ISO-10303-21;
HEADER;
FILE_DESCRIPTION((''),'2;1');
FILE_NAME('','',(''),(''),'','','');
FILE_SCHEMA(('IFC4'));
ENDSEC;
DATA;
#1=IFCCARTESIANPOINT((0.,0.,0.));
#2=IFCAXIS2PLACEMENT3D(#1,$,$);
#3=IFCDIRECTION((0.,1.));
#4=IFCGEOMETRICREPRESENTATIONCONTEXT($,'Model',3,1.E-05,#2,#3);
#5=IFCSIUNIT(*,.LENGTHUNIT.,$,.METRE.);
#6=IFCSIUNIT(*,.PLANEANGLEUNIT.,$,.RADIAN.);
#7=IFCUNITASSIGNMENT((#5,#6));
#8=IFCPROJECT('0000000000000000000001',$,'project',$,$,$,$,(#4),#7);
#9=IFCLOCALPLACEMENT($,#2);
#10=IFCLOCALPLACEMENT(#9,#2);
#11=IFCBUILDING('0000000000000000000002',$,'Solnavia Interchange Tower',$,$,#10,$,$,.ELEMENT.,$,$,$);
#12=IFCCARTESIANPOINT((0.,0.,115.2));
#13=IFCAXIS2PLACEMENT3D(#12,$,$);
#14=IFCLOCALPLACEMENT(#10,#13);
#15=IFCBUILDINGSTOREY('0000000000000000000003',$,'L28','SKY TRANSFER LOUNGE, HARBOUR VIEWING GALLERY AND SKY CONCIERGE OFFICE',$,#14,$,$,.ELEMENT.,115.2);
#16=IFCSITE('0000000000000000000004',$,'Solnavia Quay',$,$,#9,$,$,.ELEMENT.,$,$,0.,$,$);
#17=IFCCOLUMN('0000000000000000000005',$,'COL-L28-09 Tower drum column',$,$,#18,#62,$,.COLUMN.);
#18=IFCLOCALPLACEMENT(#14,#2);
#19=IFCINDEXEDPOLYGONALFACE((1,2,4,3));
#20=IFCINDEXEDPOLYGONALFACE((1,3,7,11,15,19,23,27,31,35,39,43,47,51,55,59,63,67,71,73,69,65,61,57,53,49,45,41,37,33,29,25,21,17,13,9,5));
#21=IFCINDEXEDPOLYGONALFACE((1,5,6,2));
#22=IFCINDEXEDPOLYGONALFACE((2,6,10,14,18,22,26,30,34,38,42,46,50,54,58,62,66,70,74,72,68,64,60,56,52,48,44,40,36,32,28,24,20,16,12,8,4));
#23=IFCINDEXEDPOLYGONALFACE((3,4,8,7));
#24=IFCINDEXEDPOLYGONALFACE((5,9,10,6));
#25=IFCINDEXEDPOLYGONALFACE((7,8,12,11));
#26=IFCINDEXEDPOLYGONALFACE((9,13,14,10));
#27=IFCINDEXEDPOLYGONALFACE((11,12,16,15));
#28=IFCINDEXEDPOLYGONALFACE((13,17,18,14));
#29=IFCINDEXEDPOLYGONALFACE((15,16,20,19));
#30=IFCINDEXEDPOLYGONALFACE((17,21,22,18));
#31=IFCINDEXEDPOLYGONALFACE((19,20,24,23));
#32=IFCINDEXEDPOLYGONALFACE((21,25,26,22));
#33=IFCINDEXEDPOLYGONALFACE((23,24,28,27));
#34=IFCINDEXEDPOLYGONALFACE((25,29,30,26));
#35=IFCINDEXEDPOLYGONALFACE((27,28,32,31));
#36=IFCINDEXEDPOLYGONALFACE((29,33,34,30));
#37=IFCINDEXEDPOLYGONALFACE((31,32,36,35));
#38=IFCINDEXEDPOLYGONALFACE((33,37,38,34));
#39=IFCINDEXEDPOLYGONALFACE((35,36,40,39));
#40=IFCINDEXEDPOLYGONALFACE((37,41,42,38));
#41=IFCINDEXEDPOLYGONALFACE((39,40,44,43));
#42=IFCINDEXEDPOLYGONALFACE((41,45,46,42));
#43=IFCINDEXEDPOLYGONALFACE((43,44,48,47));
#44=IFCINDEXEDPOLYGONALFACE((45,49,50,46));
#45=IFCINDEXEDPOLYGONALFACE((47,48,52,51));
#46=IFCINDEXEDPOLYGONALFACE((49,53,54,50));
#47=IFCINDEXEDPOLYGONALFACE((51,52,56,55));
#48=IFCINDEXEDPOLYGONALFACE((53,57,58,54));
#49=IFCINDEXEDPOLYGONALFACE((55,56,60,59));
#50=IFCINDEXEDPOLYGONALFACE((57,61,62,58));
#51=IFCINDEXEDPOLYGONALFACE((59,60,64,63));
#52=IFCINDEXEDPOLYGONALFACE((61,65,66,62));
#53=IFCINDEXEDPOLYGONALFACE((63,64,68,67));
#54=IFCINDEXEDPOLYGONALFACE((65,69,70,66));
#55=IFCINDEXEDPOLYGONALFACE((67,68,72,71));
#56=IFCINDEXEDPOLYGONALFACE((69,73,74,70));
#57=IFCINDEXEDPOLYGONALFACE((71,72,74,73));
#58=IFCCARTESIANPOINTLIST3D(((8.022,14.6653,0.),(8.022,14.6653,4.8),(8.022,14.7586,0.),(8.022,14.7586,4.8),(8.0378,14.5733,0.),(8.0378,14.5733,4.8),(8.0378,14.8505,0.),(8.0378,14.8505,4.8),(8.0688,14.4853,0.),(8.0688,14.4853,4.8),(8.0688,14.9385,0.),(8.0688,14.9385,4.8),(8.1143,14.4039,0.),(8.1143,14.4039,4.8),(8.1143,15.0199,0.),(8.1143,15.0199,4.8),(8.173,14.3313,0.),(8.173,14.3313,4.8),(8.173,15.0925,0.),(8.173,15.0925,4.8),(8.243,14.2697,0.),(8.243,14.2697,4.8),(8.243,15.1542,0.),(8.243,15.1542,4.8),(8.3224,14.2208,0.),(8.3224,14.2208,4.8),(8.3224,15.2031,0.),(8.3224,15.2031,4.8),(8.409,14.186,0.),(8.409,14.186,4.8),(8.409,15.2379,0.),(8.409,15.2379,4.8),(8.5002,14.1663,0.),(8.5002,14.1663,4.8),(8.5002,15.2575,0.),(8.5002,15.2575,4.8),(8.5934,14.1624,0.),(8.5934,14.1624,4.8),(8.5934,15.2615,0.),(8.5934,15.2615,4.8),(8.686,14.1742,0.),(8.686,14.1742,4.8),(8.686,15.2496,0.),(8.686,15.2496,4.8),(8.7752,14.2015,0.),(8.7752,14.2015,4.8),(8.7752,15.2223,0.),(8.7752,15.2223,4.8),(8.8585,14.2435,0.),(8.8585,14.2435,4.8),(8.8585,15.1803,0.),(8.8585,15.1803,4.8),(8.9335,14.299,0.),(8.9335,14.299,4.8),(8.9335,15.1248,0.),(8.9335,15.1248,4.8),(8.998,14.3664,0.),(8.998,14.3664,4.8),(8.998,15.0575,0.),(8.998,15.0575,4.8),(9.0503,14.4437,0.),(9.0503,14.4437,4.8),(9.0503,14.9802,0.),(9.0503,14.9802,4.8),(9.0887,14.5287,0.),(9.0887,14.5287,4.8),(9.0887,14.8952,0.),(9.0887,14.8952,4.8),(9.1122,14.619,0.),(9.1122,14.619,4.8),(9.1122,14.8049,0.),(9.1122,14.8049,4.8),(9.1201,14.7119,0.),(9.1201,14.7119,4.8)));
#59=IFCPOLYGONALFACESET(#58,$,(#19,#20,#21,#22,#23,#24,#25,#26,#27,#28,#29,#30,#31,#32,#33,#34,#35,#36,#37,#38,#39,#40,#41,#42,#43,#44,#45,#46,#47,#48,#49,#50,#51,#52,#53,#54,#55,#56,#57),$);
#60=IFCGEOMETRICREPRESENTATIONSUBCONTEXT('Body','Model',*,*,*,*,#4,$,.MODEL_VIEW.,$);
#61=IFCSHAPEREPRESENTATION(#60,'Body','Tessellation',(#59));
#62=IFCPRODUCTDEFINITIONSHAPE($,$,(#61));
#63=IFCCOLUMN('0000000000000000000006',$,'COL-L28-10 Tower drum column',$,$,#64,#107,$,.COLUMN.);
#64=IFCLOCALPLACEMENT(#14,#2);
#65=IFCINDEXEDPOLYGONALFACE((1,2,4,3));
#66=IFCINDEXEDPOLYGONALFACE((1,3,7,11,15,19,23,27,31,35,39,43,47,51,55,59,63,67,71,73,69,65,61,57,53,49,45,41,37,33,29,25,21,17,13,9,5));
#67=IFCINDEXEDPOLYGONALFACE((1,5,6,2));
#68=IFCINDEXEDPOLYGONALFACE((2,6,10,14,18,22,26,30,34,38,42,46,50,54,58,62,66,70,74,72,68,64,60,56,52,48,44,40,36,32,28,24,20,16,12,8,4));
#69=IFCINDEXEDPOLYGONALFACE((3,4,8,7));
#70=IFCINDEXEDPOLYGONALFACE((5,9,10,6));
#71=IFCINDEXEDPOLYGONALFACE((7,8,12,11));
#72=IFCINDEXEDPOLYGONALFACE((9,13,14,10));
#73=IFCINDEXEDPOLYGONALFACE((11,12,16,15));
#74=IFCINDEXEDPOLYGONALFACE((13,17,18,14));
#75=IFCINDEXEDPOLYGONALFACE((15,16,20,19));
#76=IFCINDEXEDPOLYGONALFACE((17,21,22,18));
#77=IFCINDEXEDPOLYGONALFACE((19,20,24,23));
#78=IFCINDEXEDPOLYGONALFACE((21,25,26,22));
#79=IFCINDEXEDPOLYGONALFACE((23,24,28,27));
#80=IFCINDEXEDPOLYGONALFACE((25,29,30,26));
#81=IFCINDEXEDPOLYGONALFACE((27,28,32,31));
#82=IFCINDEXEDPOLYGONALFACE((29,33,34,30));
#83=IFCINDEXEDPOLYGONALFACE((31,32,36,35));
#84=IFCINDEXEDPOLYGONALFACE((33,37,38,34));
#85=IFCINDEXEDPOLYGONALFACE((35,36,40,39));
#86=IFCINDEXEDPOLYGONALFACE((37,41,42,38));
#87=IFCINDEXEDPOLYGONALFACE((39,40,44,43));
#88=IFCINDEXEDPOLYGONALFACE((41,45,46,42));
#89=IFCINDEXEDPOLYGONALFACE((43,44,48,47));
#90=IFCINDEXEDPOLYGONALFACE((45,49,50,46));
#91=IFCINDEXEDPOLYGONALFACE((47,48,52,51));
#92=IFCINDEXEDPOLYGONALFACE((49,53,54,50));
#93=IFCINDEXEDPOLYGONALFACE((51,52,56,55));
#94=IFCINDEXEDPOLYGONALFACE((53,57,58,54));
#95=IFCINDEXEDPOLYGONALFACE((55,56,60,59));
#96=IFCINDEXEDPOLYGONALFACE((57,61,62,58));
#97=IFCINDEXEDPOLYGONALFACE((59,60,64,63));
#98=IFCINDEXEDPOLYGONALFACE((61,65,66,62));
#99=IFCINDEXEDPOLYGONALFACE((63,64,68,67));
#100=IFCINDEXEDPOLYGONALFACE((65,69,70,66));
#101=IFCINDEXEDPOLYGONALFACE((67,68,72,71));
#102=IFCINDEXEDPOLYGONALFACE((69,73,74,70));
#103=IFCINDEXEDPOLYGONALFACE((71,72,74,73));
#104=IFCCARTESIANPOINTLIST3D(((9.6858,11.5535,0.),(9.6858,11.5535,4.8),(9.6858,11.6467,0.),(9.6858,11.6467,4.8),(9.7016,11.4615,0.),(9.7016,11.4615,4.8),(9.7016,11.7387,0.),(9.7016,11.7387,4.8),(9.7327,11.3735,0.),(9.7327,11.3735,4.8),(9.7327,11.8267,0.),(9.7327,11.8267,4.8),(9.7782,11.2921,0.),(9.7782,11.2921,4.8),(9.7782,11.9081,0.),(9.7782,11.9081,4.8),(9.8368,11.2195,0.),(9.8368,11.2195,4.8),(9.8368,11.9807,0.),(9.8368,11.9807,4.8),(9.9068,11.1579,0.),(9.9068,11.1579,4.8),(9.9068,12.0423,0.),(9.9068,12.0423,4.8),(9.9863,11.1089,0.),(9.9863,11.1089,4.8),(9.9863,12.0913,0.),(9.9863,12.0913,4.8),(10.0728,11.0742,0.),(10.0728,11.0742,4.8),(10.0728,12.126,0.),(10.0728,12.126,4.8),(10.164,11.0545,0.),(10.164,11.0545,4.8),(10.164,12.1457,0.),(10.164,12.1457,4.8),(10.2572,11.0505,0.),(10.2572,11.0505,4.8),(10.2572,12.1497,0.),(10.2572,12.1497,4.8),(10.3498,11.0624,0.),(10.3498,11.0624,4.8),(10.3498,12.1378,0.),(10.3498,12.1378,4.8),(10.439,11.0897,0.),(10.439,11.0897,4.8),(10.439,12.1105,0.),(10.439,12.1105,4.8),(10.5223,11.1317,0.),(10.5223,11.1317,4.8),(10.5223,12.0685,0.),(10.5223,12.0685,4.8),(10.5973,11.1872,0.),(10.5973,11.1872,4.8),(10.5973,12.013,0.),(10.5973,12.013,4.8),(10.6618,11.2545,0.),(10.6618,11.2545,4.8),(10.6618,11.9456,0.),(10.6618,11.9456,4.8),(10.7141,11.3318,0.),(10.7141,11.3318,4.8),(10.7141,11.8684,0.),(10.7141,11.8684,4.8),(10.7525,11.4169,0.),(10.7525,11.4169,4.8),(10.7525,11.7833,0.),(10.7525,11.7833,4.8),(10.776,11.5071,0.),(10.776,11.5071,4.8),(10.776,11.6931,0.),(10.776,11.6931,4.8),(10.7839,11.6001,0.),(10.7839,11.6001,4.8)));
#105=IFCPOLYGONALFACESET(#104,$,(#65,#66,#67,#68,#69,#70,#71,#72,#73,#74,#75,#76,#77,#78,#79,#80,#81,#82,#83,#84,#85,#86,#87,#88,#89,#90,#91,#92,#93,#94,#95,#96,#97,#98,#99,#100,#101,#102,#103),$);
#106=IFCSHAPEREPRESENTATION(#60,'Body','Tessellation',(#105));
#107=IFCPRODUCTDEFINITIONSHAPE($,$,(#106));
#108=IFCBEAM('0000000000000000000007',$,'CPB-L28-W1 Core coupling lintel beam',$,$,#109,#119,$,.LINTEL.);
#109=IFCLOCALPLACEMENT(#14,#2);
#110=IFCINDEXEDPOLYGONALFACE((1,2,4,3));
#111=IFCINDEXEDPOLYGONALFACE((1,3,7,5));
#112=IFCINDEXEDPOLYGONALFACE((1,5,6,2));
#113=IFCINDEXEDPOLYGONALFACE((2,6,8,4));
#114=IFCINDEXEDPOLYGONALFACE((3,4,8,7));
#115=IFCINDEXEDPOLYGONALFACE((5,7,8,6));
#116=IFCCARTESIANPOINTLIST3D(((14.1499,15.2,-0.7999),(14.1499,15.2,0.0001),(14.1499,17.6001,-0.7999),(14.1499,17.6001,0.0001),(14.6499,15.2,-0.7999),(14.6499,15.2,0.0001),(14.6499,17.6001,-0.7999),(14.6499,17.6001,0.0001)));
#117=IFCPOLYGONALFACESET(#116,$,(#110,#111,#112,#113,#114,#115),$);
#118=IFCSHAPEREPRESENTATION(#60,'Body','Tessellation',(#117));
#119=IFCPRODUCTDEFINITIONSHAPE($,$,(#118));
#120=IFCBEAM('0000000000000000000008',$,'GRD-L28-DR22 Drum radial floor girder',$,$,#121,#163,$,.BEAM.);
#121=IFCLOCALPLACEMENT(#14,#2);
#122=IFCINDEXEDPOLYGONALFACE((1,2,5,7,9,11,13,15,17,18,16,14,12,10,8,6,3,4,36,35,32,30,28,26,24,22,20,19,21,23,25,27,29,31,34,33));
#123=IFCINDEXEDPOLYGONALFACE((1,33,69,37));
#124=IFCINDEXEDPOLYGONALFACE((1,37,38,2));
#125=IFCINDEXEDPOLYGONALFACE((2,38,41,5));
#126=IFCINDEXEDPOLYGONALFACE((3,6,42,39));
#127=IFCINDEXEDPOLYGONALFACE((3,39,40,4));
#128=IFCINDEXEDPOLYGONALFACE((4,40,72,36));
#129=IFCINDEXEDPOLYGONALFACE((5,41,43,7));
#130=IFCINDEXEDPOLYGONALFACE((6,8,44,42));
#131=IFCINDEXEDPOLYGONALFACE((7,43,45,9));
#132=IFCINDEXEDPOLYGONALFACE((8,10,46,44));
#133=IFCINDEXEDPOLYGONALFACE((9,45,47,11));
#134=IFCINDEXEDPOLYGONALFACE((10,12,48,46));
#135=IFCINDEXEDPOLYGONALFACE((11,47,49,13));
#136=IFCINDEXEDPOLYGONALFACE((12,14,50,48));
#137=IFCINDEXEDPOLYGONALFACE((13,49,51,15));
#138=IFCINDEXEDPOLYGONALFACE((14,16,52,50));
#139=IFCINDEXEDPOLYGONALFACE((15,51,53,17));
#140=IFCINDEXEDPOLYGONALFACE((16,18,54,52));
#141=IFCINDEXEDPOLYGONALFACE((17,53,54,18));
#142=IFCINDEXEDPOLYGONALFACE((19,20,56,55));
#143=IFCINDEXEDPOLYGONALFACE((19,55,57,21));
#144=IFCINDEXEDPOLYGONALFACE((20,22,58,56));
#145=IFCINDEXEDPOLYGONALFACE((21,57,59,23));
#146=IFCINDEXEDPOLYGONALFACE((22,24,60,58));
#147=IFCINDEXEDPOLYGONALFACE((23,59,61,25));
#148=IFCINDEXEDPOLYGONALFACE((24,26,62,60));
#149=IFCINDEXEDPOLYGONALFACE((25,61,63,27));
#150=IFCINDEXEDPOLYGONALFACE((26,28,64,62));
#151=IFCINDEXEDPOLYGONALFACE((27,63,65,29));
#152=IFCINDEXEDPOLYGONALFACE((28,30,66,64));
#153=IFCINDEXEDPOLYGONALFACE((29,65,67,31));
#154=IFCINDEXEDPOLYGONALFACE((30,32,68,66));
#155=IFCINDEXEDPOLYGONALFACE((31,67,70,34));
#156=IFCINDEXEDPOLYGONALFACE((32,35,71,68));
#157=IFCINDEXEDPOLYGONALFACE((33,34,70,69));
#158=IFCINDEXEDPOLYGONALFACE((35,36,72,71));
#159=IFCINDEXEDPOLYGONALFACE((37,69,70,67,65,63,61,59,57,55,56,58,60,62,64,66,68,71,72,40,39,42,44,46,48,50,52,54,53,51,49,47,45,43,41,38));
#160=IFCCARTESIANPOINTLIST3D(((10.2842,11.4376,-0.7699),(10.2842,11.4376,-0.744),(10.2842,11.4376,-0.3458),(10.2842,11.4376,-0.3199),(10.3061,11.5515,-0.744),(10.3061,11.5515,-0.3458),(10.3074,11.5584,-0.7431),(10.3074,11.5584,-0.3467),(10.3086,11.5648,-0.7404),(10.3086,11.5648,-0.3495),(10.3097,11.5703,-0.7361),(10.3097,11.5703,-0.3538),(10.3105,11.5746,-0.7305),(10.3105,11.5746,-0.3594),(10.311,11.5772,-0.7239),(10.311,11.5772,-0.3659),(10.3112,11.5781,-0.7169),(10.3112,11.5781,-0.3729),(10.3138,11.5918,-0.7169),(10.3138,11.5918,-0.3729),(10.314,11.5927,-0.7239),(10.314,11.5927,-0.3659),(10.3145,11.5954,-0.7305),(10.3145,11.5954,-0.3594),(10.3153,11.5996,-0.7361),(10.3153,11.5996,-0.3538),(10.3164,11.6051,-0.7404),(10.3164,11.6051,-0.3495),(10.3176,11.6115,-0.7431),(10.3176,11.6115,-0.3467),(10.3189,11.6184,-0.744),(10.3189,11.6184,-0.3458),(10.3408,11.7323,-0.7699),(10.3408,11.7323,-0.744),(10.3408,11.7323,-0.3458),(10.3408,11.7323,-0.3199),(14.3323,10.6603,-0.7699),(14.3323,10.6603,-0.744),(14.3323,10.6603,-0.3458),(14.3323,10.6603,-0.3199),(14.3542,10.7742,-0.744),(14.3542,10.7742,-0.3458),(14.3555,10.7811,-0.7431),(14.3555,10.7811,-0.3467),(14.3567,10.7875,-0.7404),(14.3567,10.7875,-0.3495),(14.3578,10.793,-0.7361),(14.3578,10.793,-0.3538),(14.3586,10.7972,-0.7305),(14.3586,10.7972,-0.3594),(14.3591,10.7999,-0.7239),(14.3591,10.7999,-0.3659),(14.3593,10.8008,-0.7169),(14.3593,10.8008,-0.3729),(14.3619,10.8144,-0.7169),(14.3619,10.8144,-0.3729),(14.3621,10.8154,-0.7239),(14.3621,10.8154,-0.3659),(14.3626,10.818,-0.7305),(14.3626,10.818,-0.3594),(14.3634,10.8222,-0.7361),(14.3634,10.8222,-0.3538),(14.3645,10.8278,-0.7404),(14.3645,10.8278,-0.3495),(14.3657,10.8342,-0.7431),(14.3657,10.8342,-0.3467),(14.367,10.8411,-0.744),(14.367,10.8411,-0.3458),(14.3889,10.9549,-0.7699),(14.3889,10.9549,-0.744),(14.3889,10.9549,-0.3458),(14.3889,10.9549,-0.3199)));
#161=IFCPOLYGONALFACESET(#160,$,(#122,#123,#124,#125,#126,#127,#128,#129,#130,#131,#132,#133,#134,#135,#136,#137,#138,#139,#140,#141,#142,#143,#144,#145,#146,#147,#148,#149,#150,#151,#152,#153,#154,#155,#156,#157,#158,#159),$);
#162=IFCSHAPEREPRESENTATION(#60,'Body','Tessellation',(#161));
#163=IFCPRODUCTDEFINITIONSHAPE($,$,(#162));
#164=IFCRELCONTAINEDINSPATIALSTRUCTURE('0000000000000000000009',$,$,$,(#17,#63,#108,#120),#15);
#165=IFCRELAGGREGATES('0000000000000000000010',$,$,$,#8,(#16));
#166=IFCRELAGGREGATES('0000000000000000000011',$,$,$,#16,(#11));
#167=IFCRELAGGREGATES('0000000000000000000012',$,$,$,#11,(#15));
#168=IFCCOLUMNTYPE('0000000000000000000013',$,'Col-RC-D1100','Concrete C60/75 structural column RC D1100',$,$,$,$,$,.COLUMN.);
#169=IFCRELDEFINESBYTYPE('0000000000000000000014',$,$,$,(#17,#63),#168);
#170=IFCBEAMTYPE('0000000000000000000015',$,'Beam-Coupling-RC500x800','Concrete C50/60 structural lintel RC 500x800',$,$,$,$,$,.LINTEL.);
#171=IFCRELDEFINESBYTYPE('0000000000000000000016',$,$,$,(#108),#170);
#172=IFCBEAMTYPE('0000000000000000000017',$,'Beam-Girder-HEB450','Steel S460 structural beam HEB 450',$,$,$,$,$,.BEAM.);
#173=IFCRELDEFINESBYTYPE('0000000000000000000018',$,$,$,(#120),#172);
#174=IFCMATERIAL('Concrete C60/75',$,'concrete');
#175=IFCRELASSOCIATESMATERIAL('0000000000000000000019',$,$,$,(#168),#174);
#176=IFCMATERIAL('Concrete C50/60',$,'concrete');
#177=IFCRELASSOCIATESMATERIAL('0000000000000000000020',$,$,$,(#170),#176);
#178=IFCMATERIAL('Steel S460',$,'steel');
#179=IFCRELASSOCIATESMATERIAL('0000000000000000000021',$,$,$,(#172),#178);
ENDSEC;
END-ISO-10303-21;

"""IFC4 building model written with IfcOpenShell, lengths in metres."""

from ifc_helpers import new_model, si_unit, direction, frame, origin, origin_2d, place, context, subcontext, project, spatial, rectangle, circle, i_section, extrude, material, material_profile, profile_set, type_object, element, save


model = new_model("IFC4")

# Units and contexts
model_context = context("Model", 3, precision=1e-05, world=origin(), true_north=direction((0.0, 1.0)))
body_context = subcontext(model_context, "Body", "Model", "MODEL_VIEW")
ifc_project = project(units=[si_unit("LENGTHUNIT", "METRE"), si_unit("PLANEANGLEUNIT", "RADIAN")], contexts=[model_context])

# Site, building, storey
site_placement = place(None, origin())
site = spatial("IfcSite", under=ifc_project, at=site_placement, Name="Solnavia Quay", CompositionType="ELEMENT", RefElevation=0.0)
building_placement = place(site_placement, origin())
building = spatial("IfcBuilding", under=site, at=building_placement, Name="Solnavia Interchange Tower", CompositionType="ELEMENT")
storey_placement = place(building_placement, frame((0.0, 0.0, 115.2)))
storey = spatial("IfcBuildingStorey", under=building, at=storey_placement, Name="L28", Description="SKY TRANSFER LOUNGE, HARBOUR VIEWING GALLERY AND SKY CONCIERGE OFFICE", CompositionType="ELEMENT", Elevation=115.2)

# Columns
ifc_material_1 = material(Name="Concrete C60/75", Category="concrete")
ifc_material_profile_1 = material_profile(ifc_material_1, circle(Radius=0.55, at=origin_2d()), Name="RC D1100")
ifc_profile_set_1 = profile_set([ifc_material_profile_1], Name="Concrete C60/75")
column_type = type_object("IfcColumnType", Name="Col-RC-D1100", Description="Concrete C60/75 structural column RC D1100", PredefinedType="COLUMN", material=ifc_profile_set_1)
for number, where, z_axis, x_axis, name in (
    (1, (8.5701, 14.7119, 0.0), (0.0, 0.0, 1.0), (1.0, 0.0, 0.0), "COL-L28-09 Tower drum column"),
    (2, (10.2339, 11.6001, 0.0), (0.0, 0.0, 1.0), (1.0, 0.0, 0.0), "COL-L28-10 Tower drum column"),
):
    element("IfcColumn", number, at=place(storey_placement, frame(where, z_axis=z_axis, x_axis=x_axis)), inside=storey, type_object=column_type, Name=name, PredefinedType="COLUMN", context=body_context, shape_type="SweptSolid", body=[
        extrude(circle(Radius=0.55, at=origin_2d()), origin(), (0.0, 0.0, 1.0), 4.8),
    ])

# Beams
ifc_material_2 = material(Name="Concrete C50/60", Category="concrete")
ifc_material_profile_2 = material_profile(ifc_material_2, rectangle(XDim=0.5, YDim=0.8, at=origin_2d()), Name="RC 500x800")
ifc_profile_set_2 = profile_set([ifc_material_profile_2], Name="Concrete C50/60")
beam_type_1 = type_object("IfcBeamType", Name="Beam-Coupling-RC500x800", Description="Concrete C50/60 structural lintel RC 500x800", PredefinedType="LINTEL", material=ifc_profile_set_2)
beam_1_placement = place(storey_placement, frame((14.3999, 15.2, -0.3999), z_axis=(0.0, 1.0, 0.0), x_axis=(-1.0, 0.0, 0.0)))
element("IfcBeam", 3, at=beam_1_placement, inside=storey, type_object=beam_type_1, Name="CPB-L28-W1 Core coupling lintel beam", PredefinedType="LINTEL", context=body_context, shape_type="SweptSolid", body=[
    extrude(rectangle(XDim=0.5, YDim=0.8, at=origin_2d()), origin(), (0.0, 0.0, 1.0), 2.4001),
])
ifc_material_3 = material(Name="Steel S460", Category="steel")
ifc_material_profile_3 = material_profile(ifc_material_3, i_section(OverallWidth=0.3, OverallDepth=0.45, WebThickness=0.0139, FlangeThickness=0.0259, FilletRadius=0.0271, at=origin_2d()), Name="HEB 450")
ifc_profile_set_3 = profile_set([ifc_material_profile_3], Name="Steel S460")
beam_type_2 = type_object("IfcBeamType", Name="Beam-Girder-HEB450", Description="Steel S460 structural beam HEB 450", PredefinedType="BEAM", material=ifc_profile_set_3)
beam_2_placement = place(storey_placement, frame((10.3125, 11.585, -0.5449), z_axis=(0.982058, -0.188582, 0.0), x_axis=(0.188582, 0.982058, 0.0)))
element("IfcBeam", 4, at=beam_2_placement, inside=storey, type_object=beam_type_2, Name="GRD-L28-DR22 Drum radial floor girder", PredefinedType="BEAM", context=body_context, shape_type="SweptSolid", body=[
    extrude(i_section(OverallWidth=0.3, OverallDepth=0.45, WebThickness=0.0139, FlangeThickness=0.0259, FilletRadius=0.0271, at=origin_2d()), origin(), (0.0, 0.0, 1.0), 4.1221),
])

save(model, "model.ifc")
